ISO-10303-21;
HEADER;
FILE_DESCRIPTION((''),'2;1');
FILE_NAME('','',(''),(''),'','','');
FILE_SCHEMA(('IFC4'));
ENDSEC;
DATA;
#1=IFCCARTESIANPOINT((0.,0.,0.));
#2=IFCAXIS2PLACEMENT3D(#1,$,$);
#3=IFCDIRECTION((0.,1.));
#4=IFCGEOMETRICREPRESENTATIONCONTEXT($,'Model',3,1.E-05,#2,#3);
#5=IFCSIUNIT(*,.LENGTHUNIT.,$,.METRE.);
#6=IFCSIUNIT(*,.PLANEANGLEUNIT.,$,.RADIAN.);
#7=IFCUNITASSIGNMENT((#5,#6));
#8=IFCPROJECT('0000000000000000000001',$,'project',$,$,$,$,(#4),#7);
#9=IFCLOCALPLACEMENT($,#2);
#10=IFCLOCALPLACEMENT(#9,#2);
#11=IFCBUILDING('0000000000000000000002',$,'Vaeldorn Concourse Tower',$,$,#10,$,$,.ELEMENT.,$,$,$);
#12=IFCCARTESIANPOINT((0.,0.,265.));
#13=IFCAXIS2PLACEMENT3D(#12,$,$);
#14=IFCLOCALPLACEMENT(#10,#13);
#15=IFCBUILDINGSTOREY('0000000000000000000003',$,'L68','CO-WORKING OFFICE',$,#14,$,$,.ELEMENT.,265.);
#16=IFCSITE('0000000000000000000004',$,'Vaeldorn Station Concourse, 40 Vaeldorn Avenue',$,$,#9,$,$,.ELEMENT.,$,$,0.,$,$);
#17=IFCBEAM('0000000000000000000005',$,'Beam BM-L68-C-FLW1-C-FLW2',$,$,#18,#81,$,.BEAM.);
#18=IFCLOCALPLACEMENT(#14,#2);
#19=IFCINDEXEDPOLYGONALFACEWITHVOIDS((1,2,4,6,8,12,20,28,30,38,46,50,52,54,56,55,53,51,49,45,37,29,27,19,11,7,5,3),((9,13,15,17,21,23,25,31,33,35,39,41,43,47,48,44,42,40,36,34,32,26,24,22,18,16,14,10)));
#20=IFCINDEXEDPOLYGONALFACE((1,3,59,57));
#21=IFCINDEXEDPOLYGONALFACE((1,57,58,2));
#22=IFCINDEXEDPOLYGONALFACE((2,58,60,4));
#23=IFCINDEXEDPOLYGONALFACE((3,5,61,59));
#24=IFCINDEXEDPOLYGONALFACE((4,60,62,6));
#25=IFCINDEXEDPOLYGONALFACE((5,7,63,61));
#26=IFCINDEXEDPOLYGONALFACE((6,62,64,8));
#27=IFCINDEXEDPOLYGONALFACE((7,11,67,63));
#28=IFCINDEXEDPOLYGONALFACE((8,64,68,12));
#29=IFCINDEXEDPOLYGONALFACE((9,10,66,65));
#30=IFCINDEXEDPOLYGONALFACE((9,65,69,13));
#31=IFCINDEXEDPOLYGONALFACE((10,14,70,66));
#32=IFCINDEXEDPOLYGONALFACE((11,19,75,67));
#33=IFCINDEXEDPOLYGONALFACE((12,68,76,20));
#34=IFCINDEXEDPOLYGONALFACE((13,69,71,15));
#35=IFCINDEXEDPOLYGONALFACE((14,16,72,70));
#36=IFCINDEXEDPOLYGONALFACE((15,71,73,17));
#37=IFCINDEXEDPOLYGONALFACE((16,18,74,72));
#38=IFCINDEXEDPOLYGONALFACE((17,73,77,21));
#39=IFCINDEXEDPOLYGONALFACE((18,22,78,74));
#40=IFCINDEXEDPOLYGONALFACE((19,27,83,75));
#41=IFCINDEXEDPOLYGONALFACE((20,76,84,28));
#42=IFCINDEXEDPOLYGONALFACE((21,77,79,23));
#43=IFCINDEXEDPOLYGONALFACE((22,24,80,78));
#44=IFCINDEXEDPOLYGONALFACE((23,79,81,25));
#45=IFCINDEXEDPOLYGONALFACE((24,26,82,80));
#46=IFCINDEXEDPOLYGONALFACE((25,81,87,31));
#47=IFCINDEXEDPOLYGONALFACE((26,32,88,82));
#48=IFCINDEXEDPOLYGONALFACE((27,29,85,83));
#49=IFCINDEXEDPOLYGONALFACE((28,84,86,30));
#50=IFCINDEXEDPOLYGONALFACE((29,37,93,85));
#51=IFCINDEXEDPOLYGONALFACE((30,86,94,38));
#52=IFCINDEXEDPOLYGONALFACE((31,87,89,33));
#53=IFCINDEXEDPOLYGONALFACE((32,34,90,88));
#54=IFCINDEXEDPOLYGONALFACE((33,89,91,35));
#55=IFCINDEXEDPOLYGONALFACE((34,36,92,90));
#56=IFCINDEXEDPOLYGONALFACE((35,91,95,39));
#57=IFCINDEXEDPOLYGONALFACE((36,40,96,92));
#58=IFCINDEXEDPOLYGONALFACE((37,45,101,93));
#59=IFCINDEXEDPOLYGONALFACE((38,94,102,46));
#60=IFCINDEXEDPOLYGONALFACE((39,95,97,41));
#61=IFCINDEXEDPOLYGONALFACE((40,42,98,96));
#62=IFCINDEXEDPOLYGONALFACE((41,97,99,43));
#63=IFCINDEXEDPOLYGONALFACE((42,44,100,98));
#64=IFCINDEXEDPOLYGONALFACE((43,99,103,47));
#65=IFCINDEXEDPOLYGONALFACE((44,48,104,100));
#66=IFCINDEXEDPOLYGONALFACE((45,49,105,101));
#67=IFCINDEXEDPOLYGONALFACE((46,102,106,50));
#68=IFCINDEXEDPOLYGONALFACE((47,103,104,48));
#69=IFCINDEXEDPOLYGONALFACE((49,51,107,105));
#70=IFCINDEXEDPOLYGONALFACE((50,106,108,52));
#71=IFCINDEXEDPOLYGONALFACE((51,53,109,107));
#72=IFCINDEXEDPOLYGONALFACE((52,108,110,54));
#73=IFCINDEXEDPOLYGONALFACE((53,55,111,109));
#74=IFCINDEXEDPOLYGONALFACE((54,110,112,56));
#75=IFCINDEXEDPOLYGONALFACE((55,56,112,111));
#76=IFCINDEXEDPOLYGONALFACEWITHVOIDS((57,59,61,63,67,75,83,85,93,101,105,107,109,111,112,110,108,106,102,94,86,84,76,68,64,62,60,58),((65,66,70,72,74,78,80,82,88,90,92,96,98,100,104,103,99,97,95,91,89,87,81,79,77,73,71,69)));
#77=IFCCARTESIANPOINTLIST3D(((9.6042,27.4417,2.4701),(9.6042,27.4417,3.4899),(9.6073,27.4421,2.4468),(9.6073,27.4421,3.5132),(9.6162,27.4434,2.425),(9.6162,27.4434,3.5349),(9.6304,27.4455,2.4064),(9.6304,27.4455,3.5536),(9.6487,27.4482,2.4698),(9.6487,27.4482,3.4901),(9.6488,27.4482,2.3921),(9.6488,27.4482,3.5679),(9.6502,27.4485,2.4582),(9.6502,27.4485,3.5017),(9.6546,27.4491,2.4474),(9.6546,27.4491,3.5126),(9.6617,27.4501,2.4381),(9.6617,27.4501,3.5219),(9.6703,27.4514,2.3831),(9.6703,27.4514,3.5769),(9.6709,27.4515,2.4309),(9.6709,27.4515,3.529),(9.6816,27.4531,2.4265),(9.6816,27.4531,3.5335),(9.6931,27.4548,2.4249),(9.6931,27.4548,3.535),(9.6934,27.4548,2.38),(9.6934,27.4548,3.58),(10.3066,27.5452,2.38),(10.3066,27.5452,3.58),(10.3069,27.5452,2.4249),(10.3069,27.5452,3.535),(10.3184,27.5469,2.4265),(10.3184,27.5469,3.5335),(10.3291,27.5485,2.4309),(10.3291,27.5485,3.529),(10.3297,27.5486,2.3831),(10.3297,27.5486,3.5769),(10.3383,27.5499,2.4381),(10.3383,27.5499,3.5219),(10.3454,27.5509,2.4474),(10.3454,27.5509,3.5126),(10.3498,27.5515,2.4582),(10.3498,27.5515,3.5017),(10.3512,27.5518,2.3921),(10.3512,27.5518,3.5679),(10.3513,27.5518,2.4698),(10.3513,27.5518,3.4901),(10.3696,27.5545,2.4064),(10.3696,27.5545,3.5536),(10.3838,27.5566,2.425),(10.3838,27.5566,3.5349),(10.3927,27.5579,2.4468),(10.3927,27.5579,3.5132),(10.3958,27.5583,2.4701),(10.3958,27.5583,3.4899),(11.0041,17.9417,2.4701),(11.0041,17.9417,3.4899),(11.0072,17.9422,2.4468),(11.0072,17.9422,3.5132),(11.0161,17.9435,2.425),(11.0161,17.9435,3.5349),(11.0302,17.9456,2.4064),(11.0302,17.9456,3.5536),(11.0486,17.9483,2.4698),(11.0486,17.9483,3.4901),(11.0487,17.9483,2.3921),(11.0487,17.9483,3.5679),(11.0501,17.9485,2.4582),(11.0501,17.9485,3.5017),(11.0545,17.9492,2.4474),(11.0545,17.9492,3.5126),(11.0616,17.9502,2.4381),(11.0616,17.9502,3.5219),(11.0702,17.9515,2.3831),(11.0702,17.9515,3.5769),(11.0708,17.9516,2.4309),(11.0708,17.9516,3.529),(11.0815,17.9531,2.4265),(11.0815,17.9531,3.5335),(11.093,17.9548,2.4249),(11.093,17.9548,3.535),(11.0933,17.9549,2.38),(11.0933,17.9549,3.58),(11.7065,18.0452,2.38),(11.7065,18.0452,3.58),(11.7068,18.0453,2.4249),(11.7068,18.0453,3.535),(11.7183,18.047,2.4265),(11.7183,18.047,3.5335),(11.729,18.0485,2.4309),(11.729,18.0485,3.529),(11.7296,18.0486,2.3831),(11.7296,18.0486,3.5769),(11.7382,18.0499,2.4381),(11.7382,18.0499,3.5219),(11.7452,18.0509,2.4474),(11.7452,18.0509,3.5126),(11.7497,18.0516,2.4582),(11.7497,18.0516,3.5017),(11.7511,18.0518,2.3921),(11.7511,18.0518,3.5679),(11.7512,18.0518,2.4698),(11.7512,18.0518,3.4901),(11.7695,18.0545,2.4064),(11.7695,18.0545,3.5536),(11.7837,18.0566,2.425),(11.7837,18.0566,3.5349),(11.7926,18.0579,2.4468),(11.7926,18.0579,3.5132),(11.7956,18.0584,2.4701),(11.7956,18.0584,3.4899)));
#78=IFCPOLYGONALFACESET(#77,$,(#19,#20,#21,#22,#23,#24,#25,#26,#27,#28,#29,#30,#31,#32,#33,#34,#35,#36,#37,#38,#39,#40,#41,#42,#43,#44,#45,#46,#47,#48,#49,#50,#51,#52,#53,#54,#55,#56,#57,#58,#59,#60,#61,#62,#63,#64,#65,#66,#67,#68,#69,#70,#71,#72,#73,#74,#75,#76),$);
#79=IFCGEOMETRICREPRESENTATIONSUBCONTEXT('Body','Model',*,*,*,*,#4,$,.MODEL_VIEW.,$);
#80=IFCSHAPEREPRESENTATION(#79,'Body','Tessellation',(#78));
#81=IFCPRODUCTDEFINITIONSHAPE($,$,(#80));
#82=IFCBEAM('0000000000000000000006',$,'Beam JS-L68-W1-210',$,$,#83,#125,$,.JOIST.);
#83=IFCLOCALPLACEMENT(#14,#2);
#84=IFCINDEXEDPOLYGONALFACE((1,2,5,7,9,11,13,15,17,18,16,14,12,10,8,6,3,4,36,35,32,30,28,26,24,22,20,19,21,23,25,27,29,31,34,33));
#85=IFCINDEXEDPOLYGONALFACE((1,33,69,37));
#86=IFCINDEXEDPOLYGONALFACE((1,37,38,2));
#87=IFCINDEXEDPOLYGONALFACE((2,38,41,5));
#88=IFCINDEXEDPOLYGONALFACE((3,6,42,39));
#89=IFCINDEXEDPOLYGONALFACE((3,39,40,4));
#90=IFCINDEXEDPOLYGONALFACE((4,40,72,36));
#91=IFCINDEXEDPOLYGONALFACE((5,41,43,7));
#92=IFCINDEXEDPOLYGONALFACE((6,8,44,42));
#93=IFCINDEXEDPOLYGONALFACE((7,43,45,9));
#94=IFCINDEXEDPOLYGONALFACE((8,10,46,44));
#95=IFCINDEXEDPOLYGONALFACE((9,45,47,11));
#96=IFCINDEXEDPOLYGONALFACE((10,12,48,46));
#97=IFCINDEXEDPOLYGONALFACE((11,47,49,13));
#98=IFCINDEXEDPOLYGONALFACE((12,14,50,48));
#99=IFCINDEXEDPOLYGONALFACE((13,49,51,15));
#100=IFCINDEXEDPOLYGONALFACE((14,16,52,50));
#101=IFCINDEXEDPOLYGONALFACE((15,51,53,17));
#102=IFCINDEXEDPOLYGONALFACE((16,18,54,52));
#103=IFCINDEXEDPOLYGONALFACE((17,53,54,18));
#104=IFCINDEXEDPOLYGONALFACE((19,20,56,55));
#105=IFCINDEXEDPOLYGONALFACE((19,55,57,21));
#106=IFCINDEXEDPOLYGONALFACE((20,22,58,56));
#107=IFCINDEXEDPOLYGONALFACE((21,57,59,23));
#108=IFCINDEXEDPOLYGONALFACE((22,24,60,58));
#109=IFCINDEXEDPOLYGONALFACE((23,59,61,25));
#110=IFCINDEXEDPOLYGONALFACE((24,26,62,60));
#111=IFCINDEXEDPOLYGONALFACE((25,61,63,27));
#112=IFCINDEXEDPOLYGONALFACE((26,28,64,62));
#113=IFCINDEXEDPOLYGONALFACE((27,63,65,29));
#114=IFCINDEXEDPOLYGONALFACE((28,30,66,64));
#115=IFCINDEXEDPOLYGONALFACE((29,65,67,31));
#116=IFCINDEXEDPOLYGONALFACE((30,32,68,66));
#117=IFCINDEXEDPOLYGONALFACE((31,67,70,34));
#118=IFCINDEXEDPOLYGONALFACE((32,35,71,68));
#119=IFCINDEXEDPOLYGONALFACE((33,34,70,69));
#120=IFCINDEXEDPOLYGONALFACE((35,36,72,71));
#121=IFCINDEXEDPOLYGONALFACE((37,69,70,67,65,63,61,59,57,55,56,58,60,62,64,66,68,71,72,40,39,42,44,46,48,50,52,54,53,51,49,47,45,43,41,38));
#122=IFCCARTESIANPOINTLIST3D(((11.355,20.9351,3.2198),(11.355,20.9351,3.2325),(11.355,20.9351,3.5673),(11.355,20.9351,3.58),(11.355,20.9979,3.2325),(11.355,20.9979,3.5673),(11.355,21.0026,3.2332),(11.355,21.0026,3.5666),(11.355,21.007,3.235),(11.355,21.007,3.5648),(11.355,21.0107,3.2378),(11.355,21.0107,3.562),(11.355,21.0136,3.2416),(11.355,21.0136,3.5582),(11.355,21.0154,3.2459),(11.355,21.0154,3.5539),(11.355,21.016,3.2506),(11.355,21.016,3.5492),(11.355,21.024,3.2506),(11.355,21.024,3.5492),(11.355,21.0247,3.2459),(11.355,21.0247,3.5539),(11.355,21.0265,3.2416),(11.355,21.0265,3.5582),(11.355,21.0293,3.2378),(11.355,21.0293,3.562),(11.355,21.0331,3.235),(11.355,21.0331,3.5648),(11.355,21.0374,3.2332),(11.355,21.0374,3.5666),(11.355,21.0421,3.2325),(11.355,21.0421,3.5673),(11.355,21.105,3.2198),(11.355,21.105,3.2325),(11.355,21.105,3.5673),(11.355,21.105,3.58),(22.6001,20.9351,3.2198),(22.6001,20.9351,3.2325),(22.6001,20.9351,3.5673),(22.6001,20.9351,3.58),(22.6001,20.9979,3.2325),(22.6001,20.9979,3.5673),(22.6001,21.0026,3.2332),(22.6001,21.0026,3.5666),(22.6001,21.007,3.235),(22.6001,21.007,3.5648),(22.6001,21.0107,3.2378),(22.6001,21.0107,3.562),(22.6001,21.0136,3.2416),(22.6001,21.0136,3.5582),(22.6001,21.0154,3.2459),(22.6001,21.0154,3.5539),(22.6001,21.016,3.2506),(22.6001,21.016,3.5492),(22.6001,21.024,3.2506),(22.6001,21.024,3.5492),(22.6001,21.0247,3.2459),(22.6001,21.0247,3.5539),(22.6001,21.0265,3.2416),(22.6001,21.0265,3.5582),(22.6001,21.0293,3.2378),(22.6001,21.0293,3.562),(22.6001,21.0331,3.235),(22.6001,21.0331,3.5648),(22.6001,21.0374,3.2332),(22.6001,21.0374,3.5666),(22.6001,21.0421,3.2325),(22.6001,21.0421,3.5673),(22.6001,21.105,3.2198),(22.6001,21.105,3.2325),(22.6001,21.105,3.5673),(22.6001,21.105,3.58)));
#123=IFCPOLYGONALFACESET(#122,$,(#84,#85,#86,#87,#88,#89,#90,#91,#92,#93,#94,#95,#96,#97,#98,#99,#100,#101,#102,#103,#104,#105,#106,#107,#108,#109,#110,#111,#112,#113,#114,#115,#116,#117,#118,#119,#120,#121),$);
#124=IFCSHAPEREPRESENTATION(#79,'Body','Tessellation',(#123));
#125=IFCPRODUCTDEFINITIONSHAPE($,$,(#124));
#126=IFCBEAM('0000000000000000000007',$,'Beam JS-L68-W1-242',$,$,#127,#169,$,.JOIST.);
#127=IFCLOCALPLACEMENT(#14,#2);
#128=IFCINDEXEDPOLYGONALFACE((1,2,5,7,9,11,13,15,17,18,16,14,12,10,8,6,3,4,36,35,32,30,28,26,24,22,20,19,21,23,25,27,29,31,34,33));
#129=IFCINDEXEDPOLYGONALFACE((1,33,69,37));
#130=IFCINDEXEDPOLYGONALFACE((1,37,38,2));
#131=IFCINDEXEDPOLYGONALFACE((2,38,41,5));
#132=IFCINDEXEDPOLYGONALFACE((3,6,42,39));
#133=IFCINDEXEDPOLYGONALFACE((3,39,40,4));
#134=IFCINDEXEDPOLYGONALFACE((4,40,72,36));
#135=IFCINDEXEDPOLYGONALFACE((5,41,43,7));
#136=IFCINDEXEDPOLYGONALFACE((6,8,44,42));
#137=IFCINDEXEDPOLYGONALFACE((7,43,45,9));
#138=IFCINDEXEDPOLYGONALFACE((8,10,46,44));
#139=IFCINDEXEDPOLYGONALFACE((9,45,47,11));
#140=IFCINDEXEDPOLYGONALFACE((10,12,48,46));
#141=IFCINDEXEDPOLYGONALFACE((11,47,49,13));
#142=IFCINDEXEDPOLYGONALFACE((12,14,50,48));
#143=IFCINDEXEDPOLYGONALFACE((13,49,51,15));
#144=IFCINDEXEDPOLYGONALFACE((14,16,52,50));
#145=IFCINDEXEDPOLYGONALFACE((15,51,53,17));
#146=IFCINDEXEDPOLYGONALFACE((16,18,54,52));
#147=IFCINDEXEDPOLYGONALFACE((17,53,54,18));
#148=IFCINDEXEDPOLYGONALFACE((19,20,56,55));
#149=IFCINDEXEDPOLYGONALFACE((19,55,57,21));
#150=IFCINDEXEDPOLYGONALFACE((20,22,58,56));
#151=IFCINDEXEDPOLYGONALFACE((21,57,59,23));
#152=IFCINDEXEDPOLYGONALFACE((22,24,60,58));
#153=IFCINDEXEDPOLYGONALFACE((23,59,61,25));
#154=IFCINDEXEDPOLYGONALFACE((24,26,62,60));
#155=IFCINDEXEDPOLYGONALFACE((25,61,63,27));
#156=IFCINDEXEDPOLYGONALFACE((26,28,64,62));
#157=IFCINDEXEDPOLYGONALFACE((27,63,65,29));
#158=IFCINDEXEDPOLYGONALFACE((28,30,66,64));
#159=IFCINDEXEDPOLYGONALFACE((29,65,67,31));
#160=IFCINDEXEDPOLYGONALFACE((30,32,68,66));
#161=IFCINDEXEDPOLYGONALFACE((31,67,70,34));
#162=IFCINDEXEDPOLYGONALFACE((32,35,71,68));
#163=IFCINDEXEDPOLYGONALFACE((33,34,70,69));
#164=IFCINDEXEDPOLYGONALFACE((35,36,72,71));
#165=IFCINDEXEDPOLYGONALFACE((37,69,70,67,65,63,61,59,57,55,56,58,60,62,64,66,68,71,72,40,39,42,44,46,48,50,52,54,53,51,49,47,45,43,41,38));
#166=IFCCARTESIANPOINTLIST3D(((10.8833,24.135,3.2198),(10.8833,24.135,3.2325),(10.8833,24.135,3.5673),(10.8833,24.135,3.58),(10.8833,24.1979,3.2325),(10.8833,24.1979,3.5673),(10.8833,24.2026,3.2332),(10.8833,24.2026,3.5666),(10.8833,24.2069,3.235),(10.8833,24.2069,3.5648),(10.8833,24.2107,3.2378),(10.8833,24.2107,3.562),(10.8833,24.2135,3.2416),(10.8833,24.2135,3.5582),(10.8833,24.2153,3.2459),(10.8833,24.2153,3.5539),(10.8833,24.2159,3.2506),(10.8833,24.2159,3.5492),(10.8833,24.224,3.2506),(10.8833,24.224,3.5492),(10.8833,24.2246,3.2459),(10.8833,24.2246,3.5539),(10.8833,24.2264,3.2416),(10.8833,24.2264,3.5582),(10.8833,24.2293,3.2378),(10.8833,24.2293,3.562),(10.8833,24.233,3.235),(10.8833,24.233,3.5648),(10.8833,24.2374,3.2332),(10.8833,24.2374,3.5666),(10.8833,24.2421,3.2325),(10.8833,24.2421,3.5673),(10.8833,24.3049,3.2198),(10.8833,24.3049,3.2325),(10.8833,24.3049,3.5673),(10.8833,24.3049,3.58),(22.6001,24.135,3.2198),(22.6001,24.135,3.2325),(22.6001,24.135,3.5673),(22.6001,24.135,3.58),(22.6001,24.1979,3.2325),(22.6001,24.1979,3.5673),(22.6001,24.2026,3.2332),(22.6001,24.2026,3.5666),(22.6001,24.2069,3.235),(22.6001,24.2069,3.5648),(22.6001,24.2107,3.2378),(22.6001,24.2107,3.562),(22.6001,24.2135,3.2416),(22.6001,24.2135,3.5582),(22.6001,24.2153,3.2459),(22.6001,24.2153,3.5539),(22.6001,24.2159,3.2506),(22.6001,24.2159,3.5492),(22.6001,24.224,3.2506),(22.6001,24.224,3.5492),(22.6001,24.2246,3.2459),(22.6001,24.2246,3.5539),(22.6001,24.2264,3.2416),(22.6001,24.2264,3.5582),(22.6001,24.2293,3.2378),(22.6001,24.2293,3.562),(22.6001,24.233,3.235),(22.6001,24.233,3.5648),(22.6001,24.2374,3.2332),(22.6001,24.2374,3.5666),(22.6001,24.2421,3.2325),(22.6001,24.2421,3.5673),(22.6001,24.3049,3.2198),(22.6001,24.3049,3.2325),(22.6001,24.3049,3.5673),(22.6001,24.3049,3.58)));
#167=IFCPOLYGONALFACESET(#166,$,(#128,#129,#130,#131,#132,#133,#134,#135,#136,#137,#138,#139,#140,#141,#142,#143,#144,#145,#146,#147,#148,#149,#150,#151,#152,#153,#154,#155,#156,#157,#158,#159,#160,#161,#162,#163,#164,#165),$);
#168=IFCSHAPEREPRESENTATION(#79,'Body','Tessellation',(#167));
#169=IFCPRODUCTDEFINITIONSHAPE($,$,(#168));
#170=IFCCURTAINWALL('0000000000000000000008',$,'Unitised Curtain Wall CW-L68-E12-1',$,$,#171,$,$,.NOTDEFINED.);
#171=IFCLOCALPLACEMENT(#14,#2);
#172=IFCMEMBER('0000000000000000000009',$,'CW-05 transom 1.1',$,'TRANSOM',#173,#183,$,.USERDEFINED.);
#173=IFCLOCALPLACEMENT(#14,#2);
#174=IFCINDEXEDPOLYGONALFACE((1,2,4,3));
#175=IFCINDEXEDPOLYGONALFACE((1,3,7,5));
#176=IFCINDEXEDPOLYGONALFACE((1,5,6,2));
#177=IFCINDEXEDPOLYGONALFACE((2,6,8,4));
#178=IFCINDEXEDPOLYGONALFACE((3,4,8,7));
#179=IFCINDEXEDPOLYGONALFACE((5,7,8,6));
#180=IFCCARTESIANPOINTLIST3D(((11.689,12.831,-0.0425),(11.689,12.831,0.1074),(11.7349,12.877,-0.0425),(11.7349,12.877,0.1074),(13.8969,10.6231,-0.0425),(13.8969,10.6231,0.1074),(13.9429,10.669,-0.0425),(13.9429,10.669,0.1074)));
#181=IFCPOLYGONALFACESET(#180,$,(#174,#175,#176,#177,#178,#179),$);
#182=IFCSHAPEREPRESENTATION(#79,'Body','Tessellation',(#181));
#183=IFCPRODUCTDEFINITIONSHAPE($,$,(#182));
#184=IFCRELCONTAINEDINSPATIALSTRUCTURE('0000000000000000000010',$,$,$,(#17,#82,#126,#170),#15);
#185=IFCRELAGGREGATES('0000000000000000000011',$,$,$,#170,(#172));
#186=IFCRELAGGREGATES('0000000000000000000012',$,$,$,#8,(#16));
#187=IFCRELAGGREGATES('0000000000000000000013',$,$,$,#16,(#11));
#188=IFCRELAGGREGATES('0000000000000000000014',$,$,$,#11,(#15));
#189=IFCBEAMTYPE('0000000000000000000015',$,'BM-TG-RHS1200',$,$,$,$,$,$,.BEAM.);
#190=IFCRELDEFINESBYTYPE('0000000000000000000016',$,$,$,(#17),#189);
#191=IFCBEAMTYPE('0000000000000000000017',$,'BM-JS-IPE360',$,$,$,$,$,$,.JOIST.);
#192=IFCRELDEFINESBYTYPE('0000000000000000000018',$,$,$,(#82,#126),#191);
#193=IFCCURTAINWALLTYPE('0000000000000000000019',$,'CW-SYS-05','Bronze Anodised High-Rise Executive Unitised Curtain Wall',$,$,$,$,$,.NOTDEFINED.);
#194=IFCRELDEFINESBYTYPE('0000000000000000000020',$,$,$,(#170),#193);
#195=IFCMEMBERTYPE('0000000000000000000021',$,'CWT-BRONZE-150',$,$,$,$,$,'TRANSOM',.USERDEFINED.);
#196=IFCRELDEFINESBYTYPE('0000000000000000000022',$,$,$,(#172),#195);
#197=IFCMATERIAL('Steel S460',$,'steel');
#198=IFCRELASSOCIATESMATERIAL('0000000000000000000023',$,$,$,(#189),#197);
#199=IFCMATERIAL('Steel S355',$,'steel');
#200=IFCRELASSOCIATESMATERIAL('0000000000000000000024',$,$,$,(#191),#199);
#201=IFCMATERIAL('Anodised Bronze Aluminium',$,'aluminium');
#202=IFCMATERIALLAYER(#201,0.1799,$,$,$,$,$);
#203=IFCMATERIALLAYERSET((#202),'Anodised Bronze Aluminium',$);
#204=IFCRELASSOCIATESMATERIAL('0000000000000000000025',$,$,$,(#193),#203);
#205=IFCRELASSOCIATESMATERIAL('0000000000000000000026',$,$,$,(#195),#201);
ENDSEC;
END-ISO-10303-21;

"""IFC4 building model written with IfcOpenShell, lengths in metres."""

from ifc_helpers import new_model, si_unit, direction, frame, origin, origin_2d, place, context, subcontext, project, spatial, rectangle, hollow_rectangle, i_section, extrude, source, transform, mapped, material, layer, layer_set, material_profile, profile_set, type_object, element, aggregate, save


model = new_model("IFC4")

# Units and contexts
model_context = context("Model", 3, precision=1e-05, world=origin(), true_north=direction((0.0, 1.0)))
body_context = subcontext(model_context, "Body", "Model", "MODEL_VIEW")
ifc_project = project(units=[si_unit("LENGTHUNIT", "METRE"), si_unit("PLANEANGLEUNIT", "RADIAN")], contexts=[model_context])

# Site, building, storey
site_placement = place(None, origin())
site = spatial("IfcSite", under=ifc_project, at=site_placement, Name="Vaeldorn Station Concourse, 40 Vaeldorn Avenue", CompositionType="ELEMENT", RefElevation=0.0)
building_placement = place(site_placement, origin())
building = spatial("IfcBuilding", under=site, at=building_placement, Name="Vaeldorn Concourse Tower", CompositionType="ELEMENT")
storey_placement = place(building_placement, frame((0.0, 0.0, 265.0)))
storey = spatial("IfcBuildingStorey", under=building, at=storey_placement, Name="L68", Description="CO-WORKING OFFICE", CompositionType="ELEMENT", Elevation=265.0)

# Shared definitions
ifc_material_1 = material(Name="Steel S355", Category="steel")

# Beams
ifc_material_2 = material(Name="Steel S460", Category="steel")
ifc_material_profile_1 = material_profile(ifc_material_2, hollow_rectangle(XDim=0.8, YDim=1.2, WallThickness=0.0449, InnerFilletRadius=0.0449, OuterFilletRadius=0.0901, at=origin_2d()), Name="RHS 1200x800x45")
ifc_profile_set_1 = profile_set([ifc_material_profile_1], Name="Steel S460")
beam_type_1 = type_object("IfcBeamType", Name="BM-TG-RHS1200", PredefinedType="BEAM", material=ifc_profile_set_1)
shared_shape_1 = source(origin(), body_context, "Body", "SweptSolid", [
    extrude(hollow_rectangle(XDim=0.8, YDim=1.2, WallThickness=0.0449, InnerFilletRadius=0.0449, OuterFilletRadius=0.0901, at=origin_2d()), origin(), (0.0, 0.0, 1.0), 9.6025),
])
beam_1_placement = place(storey_placement, frame((10.0, 27.5, 2.98), z_axis=(0.145784, -0.989316, 0.0), x_axis=(0.989316, 0.145784, 0.0)))
element("IfcBeam", 1, at=beam_1_placement, inside=storey, type_object=beam_type_1, Name="Beam BM-L68-C-FLW1-C-FLW2", PredefinedType="BEAM", context=body_context, shape_type="MappedRepresentation", body=[
    mapped(shared_shape_1, transform((0.0, 0.0, 0.0), scale=1.0)),
])
ifc_material_profile_2 = material_profile(ifc_material_1, i_section(OverallWidth=0.1699, OverallDepth=0.3601, WebThickness=0.0081, FlangeThickness=0.0127, FilletRadius=0.0181, at=origin_2d()), Name="IPE 360")
ifc_profile_set_2 = profile_set([ifc_material_profile_2], Name="Steel S355")
beam_type_2 = type_object("IfcBeamType", Name="BM-JS-IPE360", PredefinedType="JOIST", material=ifc_profile_set_2)
shared_shape_2 = source(origin(), body_context, "Body", "SweptSolid", [
    extrude(i_section(OverallWidth=0.1699, OverallDepth=0.3601, WebThickness=0.0081, FlangeThickness=0.0127, FilletRadius=0.0181, at=origin_2d()), origin(), (0.0, 0.0, 1.0), 11.2451),
])
beam_2_placement = place(storey_placement, frame((11.355, 21.02, 3.3999), z_axis=(1.0, 0.0, 0.0), x_axis=(0.0, 1.0, 0.0)))
element("IfcBeam", 2, at=beam_2_placement, inside=storey, type_object=beam_type_2, Name="Beam JS-L68-W1-210", PredefinedType="JOIST", context=body_context, shape_type="MappedRepresentation", body=[
    mapped(shared_shape_2, transform((0.0, 0.0, 0.0), scale=1.0)),
])
shared_shape_3 = source(origin(), body_context, "Body", "SweptSolid", [
    extrude(i_section(OverallWidth=0.1699, OverallDepth=0.3601, WebThickness=0.0081, FlangeThickness=0.0127, FilletRadius=0.0181, at=origin_2d()), origin(), (0.0, 0.0, 1.0), 11.7168),
])
beam_3_placement = place(storey_placement, frame((10.8833, 24.22, 3.3999), z_axis=(1.0, 0.0, 0.0), x_axis=(0.0, 1.0, 0.0)))
element("IfcBeam", 3, at=beam_3_placement, inside=storey, type_object=beam_type_2, Name="Beam JS-L68-W1-242", PredefinedType="JOIST", context=body_context, shape_type="MappedRepresentation", body=[
    mapped(shared_shape_3, transform((0.0, 0.0, 0.0), scale=1.0)),
])

# Curtain wall, member
ifc_material_3 = material(Name="Anodised Bronze Aluminium", Category="aluminium")
ifc_layer_1 = layer(ifc_material_3, 0.1799)
ifc_layer_set_1 = layer_set([ifc_layer_1], Name="Anodised Bronze Aluminium")
curtain_wall_type = type_object("IfcCurtainWallType", Name="CW-SYS-05", Description="Bronze Anodised High-Rise Executive Unitised Curtain Wall", PredefinedType="NOTDEFINED", material=ifc_layer_set_1)
curtain_wall_1_placement = place(storey_placement, origin())
curtain_wall_1 = element("IfcCurtainWall", 4, at=curtain_wall_1_placement, inside=storey, type_object=curtain_wall_type, Name="Unitised Curtain Wall CW-L68-E12-1", PredefinedType="NOTDEFINED")
ifc_material_profile_3 = material_profile(ifc_material_3, rectangle(XDim=0.0649, YDim=0.1499, at=origin_2d()), Name="CWT 65x150")
ifc_profile_set_3 = profile_set([ifc_material_profile_3], Name="Anodised Bronze Aluminium")
member_type_1 = type_object("IfcMemberType", Name="CWT-BRONZE-150", ElementType="TRANSOM", PredefinedType="USERDEFINED", material=ifc_profile_set_3)
shared_shape_4 = source(origin(), body_context, "Body", "SweptSolid", [
    extrude(rectangle(XDim=0.0649, YDim=0.1499, at=origin_2d()), origin(), (0.0, 0.0, 1.0), 3.1226),
])
member_1_placement = place(storey_placement, frame((11.7119, 12.854, 0.0325), z_axis=(0.707107, -0.707107, 0.0), x_axis=(0.707107, 0.707107, 0.0)))
member_1 = element("IfcMember", 5, at=member_1_placement, type_object=member_type_1, Name="CW-05 transom 1.1", ObjectType="TRANSOM", PredefinedType="USERDEFINED", context=body_context, shape_type="MappedRepresentation", body=[
    mapped(shared_shape_4, transform((0.0, 0.0, 0.0), scale=1.0)),
])

aggregate(curtain_wall_1, [member_1])

save(model, "model.ifc")
